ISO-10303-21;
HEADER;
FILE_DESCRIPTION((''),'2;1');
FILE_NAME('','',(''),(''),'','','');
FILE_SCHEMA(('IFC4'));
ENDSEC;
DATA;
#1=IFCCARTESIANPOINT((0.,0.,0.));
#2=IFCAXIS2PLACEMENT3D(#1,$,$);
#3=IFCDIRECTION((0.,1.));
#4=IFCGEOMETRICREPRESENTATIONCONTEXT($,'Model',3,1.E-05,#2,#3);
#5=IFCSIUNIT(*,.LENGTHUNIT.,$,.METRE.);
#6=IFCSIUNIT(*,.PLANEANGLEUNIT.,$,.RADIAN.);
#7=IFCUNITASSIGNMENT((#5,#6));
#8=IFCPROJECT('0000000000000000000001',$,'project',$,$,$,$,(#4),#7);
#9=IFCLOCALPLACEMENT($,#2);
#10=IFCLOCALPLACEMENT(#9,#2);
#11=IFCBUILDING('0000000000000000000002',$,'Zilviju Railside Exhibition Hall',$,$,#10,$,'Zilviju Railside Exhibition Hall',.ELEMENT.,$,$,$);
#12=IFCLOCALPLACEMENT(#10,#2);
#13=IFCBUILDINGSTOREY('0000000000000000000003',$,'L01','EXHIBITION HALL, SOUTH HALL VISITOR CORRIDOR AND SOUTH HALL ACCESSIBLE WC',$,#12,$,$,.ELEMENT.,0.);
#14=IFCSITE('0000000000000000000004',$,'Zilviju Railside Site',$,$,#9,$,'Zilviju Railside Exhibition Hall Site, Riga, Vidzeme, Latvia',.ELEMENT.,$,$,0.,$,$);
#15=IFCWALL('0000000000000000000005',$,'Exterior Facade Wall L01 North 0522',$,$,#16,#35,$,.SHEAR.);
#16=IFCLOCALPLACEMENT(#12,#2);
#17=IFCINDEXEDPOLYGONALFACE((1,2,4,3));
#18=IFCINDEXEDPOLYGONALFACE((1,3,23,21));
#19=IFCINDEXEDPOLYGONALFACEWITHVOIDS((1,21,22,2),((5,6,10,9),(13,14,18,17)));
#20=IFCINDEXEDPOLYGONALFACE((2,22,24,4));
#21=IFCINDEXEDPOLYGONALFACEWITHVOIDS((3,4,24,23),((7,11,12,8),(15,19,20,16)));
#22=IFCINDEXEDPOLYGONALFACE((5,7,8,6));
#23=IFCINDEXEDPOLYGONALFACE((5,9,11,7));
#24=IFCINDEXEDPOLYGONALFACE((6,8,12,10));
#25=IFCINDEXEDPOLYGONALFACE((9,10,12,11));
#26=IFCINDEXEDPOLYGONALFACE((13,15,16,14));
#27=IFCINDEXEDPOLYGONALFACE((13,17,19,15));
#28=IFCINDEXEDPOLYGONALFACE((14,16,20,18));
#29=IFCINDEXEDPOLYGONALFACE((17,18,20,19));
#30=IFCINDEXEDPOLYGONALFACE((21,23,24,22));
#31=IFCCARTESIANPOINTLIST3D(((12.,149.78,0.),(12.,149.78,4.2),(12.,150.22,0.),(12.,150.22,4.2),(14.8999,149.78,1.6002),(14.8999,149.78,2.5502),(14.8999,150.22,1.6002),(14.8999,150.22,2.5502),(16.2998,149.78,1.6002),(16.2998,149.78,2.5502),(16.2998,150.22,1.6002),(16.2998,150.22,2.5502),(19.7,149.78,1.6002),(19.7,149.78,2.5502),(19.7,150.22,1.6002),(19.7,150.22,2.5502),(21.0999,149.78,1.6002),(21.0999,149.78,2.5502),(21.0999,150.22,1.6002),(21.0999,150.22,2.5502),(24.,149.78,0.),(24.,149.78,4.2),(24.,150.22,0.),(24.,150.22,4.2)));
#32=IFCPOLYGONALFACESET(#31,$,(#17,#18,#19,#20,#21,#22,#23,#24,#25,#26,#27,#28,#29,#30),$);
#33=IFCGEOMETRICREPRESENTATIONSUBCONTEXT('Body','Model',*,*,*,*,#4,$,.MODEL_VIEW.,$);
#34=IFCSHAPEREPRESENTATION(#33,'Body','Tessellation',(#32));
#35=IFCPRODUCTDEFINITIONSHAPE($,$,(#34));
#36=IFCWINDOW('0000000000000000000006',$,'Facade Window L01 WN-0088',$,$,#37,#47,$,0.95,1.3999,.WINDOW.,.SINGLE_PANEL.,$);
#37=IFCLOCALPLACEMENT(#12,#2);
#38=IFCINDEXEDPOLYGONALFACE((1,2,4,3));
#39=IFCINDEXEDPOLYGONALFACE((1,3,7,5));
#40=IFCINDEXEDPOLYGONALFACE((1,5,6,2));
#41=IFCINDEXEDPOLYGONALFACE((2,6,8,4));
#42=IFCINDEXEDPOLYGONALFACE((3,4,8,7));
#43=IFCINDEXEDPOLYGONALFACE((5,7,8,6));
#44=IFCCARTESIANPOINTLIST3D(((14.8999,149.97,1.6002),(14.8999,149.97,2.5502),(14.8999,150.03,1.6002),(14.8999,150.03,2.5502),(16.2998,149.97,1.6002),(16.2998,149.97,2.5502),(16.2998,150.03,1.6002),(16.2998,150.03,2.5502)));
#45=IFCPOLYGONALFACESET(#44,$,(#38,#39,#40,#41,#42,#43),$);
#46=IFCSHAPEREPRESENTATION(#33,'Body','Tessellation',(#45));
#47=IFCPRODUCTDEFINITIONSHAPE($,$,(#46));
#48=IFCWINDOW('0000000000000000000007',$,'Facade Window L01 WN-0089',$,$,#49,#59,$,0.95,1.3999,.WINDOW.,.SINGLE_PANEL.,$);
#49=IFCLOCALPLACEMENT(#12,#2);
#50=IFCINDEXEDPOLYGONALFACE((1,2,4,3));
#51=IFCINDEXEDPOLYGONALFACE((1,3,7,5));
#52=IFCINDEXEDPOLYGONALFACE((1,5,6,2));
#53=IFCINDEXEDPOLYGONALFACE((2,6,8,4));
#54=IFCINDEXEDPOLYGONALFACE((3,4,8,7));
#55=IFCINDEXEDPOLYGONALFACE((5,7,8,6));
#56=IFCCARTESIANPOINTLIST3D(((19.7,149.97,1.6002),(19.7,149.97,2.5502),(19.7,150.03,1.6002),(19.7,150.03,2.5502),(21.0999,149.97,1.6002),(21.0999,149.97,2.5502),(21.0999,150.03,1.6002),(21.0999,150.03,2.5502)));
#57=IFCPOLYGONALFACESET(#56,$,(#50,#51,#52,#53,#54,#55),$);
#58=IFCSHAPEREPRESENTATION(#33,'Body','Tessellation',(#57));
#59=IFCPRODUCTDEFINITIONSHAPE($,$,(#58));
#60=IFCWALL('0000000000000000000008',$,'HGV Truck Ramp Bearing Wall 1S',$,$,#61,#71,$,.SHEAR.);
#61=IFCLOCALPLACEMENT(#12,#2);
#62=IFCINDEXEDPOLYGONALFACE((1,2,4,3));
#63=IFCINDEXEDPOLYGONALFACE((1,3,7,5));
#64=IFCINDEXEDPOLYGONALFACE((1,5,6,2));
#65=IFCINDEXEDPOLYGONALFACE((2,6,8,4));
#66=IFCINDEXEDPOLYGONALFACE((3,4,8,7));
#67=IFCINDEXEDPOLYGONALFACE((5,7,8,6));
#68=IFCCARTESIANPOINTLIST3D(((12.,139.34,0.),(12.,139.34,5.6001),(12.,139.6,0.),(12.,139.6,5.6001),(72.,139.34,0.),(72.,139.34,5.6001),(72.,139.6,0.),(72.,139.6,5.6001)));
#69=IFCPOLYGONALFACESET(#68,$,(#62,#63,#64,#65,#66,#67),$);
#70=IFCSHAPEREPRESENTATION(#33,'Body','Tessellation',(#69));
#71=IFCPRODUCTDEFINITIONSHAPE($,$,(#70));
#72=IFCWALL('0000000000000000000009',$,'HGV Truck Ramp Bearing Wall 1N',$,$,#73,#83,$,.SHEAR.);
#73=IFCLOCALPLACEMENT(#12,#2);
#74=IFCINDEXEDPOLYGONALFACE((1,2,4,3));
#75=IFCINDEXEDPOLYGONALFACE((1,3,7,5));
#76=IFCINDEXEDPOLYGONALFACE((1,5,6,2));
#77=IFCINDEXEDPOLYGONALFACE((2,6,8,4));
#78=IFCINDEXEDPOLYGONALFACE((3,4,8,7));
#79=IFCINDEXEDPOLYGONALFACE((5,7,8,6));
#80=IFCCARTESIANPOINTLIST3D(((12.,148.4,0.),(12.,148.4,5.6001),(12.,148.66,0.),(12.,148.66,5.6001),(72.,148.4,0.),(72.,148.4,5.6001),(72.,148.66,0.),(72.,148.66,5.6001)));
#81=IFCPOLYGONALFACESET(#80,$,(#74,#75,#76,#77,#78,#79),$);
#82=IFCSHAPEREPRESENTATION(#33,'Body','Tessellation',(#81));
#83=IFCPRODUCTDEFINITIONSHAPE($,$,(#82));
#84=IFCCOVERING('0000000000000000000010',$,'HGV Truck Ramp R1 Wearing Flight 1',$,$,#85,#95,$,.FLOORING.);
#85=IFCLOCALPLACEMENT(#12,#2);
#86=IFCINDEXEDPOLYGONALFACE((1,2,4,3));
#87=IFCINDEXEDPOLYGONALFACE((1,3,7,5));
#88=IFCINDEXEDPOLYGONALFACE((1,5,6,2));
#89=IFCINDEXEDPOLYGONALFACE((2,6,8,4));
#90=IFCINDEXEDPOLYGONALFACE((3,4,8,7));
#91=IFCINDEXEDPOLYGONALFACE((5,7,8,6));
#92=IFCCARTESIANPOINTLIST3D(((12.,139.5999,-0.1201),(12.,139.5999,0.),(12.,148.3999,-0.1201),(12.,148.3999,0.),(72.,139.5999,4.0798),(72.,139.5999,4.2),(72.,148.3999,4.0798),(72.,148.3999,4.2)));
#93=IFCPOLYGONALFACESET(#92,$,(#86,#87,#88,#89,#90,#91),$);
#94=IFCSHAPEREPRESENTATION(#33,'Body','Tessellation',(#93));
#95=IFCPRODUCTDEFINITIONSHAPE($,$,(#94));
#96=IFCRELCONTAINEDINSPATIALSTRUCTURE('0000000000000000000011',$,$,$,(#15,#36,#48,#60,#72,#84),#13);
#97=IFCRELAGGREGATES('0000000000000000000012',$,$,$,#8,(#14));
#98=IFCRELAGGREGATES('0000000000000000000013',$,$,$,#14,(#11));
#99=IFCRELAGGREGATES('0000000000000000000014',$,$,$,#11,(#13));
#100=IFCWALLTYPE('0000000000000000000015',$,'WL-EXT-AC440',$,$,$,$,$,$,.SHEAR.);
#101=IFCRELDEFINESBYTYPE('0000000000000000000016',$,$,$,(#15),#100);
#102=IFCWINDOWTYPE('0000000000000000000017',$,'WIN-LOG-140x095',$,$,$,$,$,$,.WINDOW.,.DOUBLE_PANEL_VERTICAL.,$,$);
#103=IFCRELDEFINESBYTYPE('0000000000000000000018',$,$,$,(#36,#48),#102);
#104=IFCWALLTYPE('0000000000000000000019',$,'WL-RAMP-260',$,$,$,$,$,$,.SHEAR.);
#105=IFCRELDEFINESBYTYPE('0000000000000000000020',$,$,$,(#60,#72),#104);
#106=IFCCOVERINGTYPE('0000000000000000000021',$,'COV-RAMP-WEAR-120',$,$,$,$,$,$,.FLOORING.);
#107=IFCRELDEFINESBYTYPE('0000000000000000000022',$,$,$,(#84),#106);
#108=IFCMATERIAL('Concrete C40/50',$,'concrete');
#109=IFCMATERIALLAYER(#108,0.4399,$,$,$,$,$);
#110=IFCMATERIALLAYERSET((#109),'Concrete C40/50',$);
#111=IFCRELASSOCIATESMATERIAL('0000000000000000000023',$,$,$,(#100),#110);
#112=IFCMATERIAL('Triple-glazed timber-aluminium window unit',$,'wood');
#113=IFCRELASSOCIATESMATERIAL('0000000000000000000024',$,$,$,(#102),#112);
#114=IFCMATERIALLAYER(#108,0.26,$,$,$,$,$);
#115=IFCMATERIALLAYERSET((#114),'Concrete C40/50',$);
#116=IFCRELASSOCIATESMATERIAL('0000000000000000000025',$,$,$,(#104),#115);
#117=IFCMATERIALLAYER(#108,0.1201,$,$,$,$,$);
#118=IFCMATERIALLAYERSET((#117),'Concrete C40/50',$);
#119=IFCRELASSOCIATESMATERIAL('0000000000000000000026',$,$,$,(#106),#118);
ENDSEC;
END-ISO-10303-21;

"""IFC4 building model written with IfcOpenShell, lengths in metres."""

from ifc_helpers import new_model, si_unit, direction, frame, frame_2d, origin, place, context, subcontext, project, spatial, polyline, rectangle, outline, extrude, material, layer, layer_set, type_object, element, fill, save


model = new_model("IFC4")

# Units and contexts
model_context = context("Model", 3, precision=1e-05, world=origin(), true_north=direction((0.0, 1.0)))
body_context = subcontext(model_context, "Body", "Model", "MODEL_VIEW")
ifc_project = project(units=[si_unit("LENGTHUNIT", "METRE"), si_unit("PLANEANGLEUNIT", "RADIAN")], contexts=[model_context])

# Site, building, storey
site_placement = place(None, origin())
site = spatial("IfcSite", under=ifc_project, at=site_placement, Name="Zilviju Railside Site", LongName="Zilviju Railside Exhibition Hall Site, Riga, Vidzeme, Latvia", CompositionType="ELEMENT", RefElevation=0.0)
building_placement = place(site_placement, origin())
building = spatial("IfcBuilding", under=site, at=building_placement, Name="Zilviju Railside Exhibition Hall", LongName="Zilviju Railside Exhibition Hall", CompositionType="ELEMENT")
storey_placement = place(building_placement, origin())
storey = spatial("IfcBuildingStorey", under=building, at=storey_placement, Name="L01", Description="EXHIBITION HALL, SOUTH HALL VISITOR CORRIDOR AND SOUTH HALL ACCESSIBLE WC", CompositionType="ELEMENT", Elevation=0.0)

# Shared definitions
ifc_material_1 = material(Name="Concrete C40/50", Category="concrete")

# Wall, openings, windows
ifc_layer_1 = layer(ifc_material_1, 0.4399)
ifc_layer_set_1 = layer_set([ifc_layer_1], Name="Concrete C40/50")
wall_type_1 = type_object("IfcWallType", Name="WL-EXT-AC440", PredefinedType="SHEAR", material=ifc_layer_set_1)
wall_1_placement = place(storey_placement, frame((12.0, 150.0, 0.0), z_axis=(0.0, 0.0, 1.0), x_axis=(1.0, 0.0, 0.0)))
wall_1 = element("IfcWall", 1, at=wall_1_placement, inside=storey, type_object=wall_type_1, Name="Exterior Facade Wall L01 North 0522", PredefinedType="SHEAR", context=body_context, shape_type="SweptSolid", body=[
    extrude(rectangle(XDim=12.0, YDim=0.4399, at=frame_2d((6.0, 0.0))), origin(), (0.0, 0.0, 1.0), 4.2),
])
opening_1_placement = place(wall_1_placement, frame((2.8999, 0.0, 1.6001)))
opening_1 = element("IfcOpeningElement", 2, at=opening_1_placement, cuts=wall_1, PredefinedType="OPENING", context=body_context, shape_type="SweptSolid", body=[
    extrude(rectangle(XDim=1.3999, YDim=0.95, at=frame_2d((0.7, 0.4751))), frame((0.0, 0.23, 0.0), z_axis=(0.0, -1.0, 0.0), x_axis=(1.0, 0.0, 0.0)), (0.0, 0.0, 1.0), 0.46),
])
opening_2_placement = place(wall_1_placement, frame((7.7, 0.0, 1.6001)))
opening_2 = element("IfcOpeningElement", 3, at=opening_2_placement, cuts=wall_1, PredefinedType="OPENING", context=body_context, shape_type="SweptSolid", body=[
    extrude(rectangle(XDim=1.3999, YDim=0.95, at=frame_2d((0.7, 0.4751))), frame((0.0, 0.23, 0.0), z_axis=(0.0, -1.0, 0.0), x_axis=(1.0, 0.0, 0.0)), (0.0, 0.0, 1.0), 0.46),
])
ifc_material_2 = material(Name="Triple-glazed timber-aluminium window unit", Category="wood")
window_type = type_object("IfcWindowType", Name="WIN-LOG-140x095", PartitioningType="DOUBLE_PANEL_VERTICAL", PredefinedType="WINDOW", material=ifc_material_2)
window_1_placement = place(opening_1_placement, origin())
window_1 = element("IfcWindow", 4, at=window_1_placement, inside=storey, type_object=window_type, Name="Facade Window L01 WN-0088", OverallHeight=0.95, OverallWidth=1.3999, PartitioningType="SINGLE_PANEL", PredefinedType="WINDOW", context=body_context, shape_type="SweptSolid", body=[
    extrude(rectangle(XDim=1.3999, YDim=0.95, at=frame_2d((0.7, 0.4751))), frame((0.0, 0.03, 0.0), z_axis=(0.0, -1.0, 0.0), x_axis=(1.0, 0.0, 0.0)), (0.0, 0.0, 1.0), 0.0601),
])
fill(opening_1, window_1)
window_2_placement = place(opening_2_placement, origin())
window_2 = element("IfcWindow", 5, at=window_2_placement, inside=storey, type_object=window_type, Name="Facade Window L01 WN-0089", OverallHeight=0.95, OverallWidth=1.3999, PartitioningType="SINGLE_PANEL", PredefinedType="WINDOW", context=body_context, shape_type="SweptSolid", body=[
    extrude(rectangle(XDim=1.3999, YDim=0.95, at=frame_2d((0.7, 0.4751))), frame((0.0, 0.03, 0.0), z_axis=(0.0, -1.0, 0.0), x_axis=(1.0, 0.0, 0.0)), (0.0, 0.0, 1.0), 0.0601),
])
fill(opening_2, window_2)

# Walls
ifc_layer_2 = layer(ifc_material_1, 0.26)
ifc_layer_set_2 = layer_set([ifc_layer_2], Name="Concrete C40/50")
wall_type_2 = type_object("IfcWallType", Name="WL-RAMP-260", PredefinedType="SHEAR", material=ifc_layer_set_2)
for number, where, z_axis, x_axis, name in (
    (6, (12.0, 139.47, 0.0), (0.0, 0.0, 1.0), (1.0, 0.0, 0.0), "HGV Truck Ramp Bearing Wall 1S"),
    (7, (12.0, 148.53, 0.0), (0.0, 0.0, 1.0), (1.0, 0.0, 0.0), "HGV Truck Ramp Bearing Wall 1N"),
):
    element("IfcWall", number, at=place(storey_placement, frame(where, z_axis=z_axis, x_axis=x_axis)), inside=storey, type_object=wall_type_2, Name=name, PredefinedType="SHEAR", context=body_context, shape_type="SweptSolid", body=[
        extrude(rectangle(XDim=60.0, YDim=0.26, at=frame_2d((30.0, 0.0))), origin(), (0.0, 0.0, 1.0), 5.6001),
    ])

# Covering
ifc_layer_3 = layer(ifc_material_1, 0.1201)
ifc_layer_set_3 = layer_set([ifc_layer_3], Name="Concrete C40/50")
covering_type = type_object("IfcCoveringType", Name="COV-RAMP-WEAR-120", PredefinedType="FLOORING", material=ifc_layer_set_3)
covering_placement = place(storey_placement, frame((12.0, 144.0, 0.0), z_axis=(0.0, 0.0, 1.0), x_axis=(1.0, 0.0, 0.0)))
element("IfcCovering", 8, at=covering_placement, inside=storey, type_object=covering_type, Name="HGV Truck Ramp R1 Wearing Flight 1", PredefinedType="FLOORING", context=body_context, shape_type="SweptSolid", body=[
    extrude(outline(polyline([(0.0, -0.1201), (0.0, 0.0), (60.0, 4.2), (60.0, 4.0798), (0.0, -0.1201)])), frame((0.0, 4.3999, 0.0), z_axis=(0.0, -1.0, 0.0), x_axis=(1.0, 0.0, 0.0)), (0.0, 0.0, 1.0), 8.8),
])

save(model, "model.ifc")
